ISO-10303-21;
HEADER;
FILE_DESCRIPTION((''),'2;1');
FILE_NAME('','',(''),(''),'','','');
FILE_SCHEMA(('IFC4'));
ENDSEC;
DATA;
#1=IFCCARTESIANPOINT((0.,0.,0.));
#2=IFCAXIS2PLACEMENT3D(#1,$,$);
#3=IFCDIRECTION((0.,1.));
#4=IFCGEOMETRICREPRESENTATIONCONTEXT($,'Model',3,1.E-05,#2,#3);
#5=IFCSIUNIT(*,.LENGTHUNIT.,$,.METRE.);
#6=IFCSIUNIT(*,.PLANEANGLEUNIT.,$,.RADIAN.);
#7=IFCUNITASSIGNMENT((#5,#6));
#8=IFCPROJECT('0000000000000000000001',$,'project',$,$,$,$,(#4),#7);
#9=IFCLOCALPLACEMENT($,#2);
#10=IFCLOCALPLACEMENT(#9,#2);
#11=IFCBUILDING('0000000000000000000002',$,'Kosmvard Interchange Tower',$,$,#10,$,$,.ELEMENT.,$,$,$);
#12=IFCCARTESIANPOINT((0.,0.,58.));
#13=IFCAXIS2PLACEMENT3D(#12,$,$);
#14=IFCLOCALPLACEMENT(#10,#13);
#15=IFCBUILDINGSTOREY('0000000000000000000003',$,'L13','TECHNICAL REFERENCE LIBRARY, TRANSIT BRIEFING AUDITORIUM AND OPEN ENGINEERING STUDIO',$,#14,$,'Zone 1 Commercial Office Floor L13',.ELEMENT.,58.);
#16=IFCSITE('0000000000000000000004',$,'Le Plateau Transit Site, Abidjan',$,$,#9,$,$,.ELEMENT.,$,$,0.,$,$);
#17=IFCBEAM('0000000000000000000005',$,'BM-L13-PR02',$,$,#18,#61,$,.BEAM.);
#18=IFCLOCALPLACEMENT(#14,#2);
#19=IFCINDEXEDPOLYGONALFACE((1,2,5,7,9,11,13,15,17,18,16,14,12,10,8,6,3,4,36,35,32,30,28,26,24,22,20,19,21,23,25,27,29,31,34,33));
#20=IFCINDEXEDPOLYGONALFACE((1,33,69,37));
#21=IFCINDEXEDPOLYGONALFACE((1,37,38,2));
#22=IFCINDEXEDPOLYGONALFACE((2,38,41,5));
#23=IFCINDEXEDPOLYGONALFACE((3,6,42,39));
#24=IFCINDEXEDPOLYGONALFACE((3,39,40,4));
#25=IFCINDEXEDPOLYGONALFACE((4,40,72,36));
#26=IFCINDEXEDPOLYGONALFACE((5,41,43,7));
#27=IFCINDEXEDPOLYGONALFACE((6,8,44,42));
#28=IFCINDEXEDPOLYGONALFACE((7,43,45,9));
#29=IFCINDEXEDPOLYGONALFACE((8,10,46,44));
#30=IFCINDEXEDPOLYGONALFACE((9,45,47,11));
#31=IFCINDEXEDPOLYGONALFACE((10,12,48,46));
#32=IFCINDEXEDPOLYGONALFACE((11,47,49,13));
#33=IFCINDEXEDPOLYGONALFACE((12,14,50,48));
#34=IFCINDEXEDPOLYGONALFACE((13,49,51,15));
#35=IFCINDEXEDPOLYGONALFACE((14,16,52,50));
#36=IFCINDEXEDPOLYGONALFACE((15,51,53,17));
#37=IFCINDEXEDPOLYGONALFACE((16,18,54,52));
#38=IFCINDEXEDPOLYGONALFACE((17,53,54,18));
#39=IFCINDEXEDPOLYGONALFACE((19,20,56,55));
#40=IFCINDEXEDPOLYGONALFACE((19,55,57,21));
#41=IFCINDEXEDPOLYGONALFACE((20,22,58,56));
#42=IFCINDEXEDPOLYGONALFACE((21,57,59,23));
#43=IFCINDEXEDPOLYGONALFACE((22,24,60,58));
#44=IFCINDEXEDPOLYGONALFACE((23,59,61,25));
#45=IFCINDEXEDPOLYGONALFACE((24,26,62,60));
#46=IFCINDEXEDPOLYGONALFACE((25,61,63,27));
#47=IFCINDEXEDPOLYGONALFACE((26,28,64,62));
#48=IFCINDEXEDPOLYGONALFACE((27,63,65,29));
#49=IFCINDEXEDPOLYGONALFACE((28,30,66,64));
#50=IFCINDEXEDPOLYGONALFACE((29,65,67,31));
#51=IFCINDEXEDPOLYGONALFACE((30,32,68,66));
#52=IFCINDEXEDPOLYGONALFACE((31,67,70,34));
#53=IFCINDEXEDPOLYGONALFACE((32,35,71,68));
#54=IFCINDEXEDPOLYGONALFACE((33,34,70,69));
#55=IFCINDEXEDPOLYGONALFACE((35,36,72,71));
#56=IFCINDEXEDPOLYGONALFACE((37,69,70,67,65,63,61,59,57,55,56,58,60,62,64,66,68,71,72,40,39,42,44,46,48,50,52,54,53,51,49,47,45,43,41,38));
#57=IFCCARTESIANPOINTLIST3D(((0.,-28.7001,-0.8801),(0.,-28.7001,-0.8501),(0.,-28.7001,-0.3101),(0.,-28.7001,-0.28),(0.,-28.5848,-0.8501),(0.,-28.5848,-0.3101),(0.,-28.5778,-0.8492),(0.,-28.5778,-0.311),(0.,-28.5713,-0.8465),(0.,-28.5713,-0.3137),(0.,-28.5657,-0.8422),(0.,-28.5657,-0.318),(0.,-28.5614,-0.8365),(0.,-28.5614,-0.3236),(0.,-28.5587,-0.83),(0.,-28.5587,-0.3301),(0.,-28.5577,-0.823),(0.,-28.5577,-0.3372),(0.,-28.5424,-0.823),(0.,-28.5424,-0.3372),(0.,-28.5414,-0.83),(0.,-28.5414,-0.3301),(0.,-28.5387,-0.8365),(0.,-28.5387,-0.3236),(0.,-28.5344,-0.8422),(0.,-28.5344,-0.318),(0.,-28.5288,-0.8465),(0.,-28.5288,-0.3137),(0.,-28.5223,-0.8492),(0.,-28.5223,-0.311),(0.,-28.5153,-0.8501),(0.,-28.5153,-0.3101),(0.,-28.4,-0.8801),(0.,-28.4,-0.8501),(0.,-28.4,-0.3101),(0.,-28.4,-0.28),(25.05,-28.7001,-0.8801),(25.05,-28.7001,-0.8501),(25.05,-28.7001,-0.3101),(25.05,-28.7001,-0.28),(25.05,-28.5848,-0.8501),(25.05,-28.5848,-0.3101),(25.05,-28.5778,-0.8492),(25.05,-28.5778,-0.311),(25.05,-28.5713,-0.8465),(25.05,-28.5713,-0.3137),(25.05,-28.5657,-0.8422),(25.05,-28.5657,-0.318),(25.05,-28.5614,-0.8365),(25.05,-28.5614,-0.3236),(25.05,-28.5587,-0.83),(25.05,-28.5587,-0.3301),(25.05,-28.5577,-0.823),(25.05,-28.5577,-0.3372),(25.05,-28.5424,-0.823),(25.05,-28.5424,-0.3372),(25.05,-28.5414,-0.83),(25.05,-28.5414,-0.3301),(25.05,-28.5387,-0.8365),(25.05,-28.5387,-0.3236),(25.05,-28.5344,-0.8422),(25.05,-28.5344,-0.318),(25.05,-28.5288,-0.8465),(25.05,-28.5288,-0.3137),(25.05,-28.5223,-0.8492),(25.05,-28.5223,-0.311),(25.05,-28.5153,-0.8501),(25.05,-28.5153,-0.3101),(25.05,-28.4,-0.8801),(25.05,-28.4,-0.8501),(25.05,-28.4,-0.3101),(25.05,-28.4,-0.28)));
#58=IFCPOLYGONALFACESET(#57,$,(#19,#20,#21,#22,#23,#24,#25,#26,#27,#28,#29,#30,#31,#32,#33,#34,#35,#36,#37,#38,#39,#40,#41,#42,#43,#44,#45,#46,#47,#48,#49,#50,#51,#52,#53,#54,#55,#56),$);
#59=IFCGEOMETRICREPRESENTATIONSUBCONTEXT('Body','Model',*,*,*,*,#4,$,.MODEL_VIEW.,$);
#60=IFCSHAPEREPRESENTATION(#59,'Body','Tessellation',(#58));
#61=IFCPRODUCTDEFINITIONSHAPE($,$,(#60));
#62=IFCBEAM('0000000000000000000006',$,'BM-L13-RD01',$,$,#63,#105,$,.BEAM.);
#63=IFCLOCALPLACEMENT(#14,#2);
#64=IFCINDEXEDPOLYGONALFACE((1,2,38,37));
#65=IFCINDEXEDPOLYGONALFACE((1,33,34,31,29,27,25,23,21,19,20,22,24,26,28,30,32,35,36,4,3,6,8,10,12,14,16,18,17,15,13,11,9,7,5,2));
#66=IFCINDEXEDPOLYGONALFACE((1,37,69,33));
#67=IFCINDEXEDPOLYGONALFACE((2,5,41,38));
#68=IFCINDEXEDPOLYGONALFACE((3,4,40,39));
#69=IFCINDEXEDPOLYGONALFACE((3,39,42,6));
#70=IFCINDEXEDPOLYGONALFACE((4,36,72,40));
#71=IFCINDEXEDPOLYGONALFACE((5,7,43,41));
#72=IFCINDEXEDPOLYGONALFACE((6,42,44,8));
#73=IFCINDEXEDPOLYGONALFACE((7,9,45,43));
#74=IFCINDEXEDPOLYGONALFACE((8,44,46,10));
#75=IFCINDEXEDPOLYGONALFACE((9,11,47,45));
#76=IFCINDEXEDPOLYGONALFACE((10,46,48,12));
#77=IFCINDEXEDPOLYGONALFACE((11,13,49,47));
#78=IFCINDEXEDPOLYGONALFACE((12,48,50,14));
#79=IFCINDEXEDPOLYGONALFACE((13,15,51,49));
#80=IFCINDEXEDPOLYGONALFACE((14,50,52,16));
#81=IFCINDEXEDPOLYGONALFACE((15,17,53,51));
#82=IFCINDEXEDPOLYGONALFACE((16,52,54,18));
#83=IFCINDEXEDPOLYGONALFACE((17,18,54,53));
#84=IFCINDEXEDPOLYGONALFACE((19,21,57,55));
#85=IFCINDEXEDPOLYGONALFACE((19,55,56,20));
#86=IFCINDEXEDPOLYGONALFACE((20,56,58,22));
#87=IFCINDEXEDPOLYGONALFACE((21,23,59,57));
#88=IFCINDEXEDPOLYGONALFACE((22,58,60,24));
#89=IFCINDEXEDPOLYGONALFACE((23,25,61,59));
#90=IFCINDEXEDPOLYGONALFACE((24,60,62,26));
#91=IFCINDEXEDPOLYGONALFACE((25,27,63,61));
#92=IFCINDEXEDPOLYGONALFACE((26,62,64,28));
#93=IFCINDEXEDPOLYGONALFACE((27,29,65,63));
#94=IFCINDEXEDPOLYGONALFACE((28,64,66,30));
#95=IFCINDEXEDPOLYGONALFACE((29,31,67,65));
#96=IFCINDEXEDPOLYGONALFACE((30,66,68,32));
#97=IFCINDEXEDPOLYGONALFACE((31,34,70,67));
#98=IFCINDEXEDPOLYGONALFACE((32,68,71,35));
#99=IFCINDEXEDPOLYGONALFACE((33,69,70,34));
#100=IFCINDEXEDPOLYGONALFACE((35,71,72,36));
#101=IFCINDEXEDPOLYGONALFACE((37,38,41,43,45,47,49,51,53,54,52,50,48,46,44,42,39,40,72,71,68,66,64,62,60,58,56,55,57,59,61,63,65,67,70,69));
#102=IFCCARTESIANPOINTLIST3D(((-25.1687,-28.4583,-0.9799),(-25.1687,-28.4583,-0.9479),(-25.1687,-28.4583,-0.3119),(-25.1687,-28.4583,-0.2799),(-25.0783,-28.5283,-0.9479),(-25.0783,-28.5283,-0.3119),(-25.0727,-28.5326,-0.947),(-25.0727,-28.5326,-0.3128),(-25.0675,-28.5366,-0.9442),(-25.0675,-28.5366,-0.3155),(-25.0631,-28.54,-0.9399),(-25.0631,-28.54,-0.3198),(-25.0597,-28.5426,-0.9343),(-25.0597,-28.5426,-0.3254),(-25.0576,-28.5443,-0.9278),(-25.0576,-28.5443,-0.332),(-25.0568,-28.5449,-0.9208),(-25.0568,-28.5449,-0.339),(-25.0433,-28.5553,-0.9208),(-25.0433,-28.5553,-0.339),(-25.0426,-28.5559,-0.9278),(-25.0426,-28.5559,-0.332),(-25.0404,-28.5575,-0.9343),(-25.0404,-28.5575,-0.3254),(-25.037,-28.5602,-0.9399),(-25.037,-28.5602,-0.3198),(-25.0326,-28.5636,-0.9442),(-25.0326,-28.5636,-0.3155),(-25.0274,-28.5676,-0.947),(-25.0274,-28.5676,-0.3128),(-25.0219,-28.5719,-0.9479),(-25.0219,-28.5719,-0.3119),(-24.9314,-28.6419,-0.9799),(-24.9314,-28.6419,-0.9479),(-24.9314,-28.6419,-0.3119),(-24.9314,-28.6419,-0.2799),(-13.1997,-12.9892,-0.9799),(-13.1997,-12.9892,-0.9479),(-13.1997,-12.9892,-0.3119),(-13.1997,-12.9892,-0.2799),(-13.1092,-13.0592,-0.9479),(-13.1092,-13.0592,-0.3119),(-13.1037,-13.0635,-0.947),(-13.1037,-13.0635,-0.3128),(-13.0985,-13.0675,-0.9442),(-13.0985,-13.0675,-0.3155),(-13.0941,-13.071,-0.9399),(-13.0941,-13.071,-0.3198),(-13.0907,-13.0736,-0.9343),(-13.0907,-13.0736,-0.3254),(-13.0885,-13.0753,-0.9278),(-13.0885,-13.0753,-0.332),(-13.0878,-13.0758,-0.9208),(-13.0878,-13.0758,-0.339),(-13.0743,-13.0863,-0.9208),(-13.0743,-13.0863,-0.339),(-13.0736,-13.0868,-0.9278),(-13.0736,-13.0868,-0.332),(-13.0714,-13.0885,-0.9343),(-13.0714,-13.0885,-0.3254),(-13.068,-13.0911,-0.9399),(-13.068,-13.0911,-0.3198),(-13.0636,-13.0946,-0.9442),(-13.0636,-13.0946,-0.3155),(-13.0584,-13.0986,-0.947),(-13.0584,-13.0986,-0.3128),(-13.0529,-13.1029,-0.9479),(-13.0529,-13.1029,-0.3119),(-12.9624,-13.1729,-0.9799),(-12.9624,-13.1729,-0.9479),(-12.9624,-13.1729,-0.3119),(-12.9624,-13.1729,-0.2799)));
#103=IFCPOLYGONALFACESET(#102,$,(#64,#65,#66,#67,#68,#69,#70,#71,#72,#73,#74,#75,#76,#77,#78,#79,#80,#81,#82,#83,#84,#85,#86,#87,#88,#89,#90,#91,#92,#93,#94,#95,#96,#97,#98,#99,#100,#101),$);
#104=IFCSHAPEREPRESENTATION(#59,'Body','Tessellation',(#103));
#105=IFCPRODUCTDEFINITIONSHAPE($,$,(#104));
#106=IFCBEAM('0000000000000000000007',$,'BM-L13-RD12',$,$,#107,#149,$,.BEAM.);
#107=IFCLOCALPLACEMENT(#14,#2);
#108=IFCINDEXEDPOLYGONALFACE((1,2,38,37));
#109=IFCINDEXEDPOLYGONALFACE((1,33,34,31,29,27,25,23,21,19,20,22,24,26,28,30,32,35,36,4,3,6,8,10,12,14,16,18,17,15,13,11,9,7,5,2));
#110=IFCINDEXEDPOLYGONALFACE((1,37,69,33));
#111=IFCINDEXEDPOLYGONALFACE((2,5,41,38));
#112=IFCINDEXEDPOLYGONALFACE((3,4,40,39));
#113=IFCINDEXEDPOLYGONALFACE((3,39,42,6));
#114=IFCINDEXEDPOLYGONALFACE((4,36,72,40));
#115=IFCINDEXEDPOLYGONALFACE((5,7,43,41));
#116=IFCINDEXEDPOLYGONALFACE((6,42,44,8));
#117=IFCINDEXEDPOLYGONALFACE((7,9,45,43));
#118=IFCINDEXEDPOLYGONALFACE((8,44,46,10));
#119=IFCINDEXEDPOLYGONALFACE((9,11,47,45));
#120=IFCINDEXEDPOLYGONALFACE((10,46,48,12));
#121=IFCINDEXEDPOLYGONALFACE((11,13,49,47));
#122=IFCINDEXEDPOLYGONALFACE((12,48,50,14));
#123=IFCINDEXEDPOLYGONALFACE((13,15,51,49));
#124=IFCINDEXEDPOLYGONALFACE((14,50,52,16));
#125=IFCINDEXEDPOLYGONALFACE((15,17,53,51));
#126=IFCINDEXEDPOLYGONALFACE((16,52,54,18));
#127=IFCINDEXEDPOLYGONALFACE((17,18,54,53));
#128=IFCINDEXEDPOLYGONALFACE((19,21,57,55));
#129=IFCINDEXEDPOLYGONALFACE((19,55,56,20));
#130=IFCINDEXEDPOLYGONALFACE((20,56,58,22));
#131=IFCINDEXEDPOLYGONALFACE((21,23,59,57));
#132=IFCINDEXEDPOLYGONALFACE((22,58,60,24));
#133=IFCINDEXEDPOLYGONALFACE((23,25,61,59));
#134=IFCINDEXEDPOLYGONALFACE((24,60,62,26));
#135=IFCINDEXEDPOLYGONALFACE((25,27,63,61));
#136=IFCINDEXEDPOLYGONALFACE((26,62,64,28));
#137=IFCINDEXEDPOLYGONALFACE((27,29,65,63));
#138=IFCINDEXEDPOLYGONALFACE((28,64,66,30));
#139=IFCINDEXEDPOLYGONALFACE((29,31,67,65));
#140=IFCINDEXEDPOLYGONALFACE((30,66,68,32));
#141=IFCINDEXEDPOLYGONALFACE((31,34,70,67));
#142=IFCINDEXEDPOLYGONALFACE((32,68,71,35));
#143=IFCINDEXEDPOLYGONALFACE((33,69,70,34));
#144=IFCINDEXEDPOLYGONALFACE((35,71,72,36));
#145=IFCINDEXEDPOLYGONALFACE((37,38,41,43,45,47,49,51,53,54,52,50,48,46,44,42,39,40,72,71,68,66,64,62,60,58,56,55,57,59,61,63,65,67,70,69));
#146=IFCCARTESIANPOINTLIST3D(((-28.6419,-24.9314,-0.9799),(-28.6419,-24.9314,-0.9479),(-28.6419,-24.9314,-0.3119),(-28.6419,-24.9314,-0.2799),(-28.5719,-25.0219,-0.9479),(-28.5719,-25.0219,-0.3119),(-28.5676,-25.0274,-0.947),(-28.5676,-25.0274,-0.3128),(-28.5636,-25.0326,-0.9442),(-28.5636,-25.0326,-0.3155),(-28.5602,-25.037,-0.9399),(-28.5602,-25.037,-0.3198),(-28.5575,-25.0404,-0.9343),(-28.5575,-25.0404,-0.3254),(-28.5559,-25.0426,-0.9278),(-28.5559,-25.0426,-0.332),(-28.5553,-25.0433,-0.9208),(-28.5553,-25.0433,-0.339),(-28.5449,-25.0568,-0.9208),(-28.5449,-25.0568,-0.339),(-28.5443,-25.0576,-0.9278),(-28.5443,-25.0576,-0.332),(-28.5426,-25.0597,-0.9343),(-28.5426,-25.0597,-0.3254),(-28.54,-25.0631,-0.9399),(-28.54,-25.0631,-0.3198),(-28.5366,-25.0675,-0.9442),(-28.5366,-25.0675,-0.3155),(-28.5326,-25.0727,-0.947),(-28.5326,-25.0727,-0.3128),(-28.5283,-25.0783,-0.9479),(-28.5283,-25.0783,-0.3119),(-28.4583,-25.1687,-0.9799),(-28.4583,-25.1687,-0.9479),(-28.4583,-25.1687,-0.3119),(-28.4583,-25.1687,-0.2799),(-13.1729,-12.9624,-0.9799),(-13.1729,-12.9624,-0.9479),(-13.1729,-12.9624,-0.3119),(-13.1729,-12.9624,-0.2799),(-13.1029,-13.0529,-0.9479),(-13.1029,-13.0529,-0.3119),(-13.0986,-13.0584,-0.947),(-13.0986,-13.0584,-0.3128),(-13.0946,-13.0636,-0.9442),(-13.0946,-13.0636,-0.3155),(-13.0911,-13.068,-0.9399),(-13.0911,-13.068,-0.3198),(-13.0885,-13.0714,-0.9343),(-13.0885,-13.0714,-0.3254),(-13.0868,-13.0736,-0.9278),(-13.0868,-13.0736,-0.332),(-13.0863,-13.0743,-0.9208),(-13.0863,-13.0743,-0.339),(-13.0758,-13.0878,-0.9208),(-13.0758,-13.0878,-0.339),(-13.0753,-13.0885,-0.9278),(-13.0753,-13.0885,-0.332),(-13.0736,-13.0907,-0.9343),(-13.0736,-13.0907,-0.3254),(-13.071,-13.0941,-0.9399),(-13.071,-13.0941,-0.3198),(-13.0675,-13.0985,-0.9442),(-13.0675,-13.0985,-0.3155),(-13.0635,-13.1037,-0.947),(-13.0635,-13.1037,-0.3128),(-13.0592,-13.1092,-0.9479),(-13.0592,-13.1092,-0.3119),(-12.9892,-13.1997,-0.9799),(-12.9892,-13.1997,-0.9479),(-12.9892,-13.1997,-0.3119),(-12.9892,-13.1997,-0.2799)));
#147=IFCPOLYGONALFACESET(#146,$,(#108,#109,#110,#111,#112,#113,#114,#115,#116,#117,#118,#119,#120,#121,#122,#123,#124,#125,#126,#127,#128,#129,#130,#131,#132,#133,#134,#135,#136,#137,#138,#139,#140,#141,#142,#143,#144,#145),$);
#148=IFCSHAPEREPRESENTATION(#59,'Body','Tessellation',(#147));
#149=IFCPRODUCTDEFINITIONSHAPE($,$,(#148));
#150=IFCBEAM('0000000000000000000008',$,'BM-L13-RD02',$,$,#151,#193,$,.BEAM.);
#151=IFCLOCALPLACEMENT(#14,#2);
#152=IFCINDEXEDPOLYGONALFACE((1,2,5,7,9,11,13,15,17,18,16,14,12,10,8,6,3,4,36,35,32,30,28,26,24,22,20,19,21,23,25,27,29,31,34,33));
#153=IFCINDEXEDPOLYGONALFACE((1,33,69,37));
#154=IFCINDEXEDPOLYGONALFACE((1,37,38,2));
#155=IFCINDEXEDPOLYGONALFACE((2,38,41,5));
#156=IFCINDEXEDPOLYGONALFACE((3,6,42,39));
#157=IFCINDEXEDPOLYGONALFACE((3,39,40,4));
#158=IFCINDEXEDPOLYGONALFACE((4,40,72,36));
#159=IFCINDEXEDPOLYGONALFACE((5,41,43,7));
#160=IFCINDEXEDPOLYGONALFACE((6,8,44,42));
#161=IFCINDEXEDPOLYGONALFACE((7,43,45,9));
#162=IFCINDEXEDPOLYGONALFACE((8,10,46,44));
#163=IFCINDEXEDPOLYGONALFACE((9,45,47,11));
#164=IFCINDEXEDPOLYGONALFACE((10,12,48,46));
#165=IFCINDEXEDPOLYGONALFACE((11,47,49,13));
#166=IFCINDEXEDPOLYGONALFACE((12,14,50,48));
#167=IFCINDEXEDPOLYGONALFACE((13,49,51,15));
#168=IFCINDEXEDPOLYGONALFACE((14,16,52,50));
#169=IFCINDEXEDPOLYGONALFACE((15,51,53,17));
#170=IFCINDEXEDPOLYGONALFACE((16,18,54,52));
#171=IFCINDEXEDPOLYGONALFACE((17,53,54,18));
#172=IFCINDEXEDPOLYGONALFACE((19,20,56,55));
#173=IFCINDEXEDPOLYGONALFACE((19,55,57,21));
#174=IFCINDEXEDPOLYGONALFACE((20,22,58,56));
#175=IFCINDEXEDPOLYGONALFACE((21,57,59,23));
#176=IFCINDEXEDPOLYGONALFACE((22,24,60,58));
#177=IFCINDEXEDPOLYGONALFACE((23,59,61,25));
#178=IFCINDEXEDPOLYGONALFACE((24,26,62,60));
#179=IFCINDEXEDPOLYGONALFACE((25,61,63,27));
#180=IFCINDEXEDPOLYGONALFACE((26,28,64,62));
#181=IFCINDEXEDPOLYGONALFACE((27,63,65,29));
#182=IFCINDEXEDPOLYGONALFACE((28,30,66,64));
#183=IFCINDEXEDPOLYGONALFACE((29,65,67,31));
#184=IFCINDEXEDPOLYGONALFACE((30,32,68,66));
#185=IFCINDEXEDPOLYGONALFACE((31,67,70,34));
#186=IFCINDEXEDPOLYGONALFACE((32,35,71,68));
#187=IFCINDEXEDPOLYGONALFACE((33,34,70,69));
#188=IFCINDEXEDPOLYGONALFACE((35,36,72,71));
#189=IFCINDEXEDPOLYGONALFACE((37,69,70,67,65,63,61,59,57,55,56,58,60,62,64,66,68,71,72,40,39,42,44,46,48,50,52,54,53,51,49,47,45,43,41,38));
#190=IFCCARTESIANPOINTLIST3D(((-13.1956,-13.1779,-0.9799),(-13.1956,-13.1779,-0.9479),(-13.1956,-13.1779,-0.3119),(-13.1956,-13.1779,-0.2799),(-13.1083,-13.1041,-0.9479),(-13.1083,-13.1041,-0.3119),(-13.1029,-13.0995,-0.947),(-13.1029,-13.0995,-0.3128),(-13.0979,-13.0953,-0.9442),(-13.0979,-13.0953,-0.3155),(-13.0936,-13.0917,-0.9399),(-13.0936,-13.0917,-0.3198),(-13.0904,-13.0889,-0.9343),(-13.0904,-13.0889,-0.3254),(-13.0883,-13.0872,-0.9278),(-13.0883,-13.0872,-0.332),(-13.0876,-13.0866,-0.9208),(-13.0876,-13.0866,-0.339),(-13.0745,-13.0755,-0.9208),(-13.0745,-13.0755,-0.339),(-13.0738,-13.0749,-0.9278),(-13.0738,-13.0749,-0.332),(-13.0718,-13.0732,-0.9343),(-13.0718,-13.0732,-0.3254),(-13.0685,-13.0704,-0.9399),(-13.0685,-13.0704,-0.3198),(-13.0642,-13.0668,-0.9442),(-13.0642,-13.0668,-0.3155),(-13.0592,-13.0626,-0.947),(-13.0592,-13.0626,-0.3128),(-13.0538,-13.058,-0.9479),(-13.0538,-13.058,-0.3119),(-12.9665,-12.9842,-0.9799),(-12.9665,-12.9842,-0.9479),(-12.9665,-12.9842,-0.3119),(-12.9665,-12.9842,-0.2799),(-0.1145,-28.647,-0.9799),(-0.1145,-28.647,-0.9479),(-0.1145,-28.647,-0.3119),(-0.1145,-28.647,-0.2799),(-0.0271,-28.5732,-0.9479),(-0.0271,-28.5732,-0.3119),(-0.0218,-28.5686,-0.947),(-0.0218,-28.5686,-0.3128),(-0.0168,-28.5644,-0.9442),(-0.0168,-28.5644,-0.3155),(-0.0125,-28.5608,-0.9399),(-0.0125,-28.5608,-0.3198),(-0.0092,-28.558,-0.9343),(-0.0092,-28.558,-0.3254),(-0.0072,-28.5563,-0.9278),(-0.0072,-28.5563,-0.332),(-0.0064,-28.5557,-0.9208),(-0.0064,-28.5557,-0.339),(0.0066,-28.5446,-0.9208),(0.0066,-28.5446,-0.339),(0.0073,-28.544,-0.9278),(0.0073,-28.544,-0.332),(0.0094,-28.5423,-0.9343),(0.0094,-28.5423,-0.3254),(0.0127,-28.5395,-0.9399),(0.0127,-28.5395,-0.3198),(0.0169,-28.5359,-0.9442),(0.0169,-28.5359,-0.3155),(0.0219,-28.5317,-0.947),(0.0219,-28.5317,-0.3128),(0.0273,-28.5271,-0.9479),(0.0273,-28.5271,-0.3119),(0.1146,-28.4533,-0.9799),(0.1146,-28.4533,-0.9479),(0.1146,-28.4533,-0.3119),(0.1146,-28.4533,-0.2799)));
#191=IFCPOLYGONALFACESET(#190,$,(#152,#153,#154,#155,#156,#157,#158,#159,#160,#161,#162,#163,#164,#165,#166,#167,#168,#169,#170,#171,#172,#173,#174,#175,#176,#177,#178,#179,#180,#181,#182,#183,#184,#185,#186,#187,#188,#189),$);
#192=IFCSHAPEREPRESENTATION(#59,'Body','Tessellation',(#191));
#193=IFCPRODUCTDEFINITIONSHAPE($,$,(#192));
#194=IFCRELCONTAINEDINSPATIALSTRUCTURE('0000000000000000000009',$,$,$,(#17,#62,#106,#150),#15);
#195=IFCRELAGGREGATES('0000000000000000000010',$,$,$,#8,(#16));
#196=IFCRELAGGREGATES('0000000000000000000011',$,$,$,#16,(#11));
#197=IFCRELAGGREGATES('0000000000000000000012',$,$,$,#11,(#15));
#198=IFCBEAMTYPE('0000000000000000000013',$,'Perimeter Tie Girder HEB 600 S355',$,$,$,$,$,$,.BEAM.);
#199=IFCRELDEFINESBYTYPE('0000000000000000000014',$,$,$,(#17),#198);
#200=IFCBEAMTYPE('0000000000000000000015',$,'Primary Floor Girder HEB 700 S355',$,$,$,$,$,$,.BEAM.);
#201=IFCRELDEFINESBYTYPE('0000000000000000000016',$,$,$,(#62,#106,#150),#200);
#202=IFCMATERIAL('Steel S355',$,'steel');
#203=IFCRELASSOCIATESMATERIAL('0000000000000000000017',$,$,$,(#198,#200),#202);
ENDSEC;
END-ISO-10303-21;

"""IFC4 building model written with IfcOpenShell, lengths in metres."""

from ifc_helpers import new_model, si_unit, direction, frame, origin, origin_2d, place, context, subcontext, project, spatial, i_section, extrude, source, transform, mapped, material, material_profile, profile_set, type_object, element, save


model = new_model("IFC4")

# Units and contexts
model_context = context("Model", 3, precision=1e-05, world=origin(), true_north=direction((0.0, 1.0)))
body_context = subcontext(model_context, "Body", "Model", "MODEL_VIEW")
ifc_project = project(units=[si_unit("LENGTHUNIT", "METRE"), si_unit("PLANEANGLEUNIT", "RADIAN")], contexts=[model_context])

# Site, building, storey
site_placement = place(None, origin())
site = spatial("IfcSite", under=ifc_project, at=site_placement, Name="Le Plateau Transit Site, Abidjan", CompositionType="ELEMENT", RefElevation=0.0)
building_placement = place(site_placement, origin())
building = spatial("IfcBuilding", under=site, at=building_placement, Name="Kosmvard Interchange Tower", CompositionType="ELEMENT")
storey_placement = place(building_placement, frame((0.0, 0.0, 58.0)))
storey = spatial("IfcBuildingStorey", under=building, at=storey_placement, Name="L13", Description="TECHNICAL REFERENCE LIBRARY, TRANSIT BRIEFING AUDITORIUM AND OPEN ENGINEERING STUDIO", LongName="Zone 1 Commercial Office Floor L13", CompositionType="ELEMENT", Elevation=58.0)

# Beams
ifc_material_1 = material(Name="Steel S355", Category="steel")
ifc_material_profile_1 = material_profile(ifc_material_1, i_section(OverallWidth=0.3, OverallDepth=0.6001, WebThickness=0.0154, FlangeThickness=0.03, FilletRadius=0.0271, at=origin_2d()), Name="HEB 600")
ifc_profile_set_1 = profile_set([ifc_material_profile_1], Name="Steel S355")
beam_type_1 = type_object("IfcBeamType", Name="Perimeter Tie Girder HEB 600 S355", PredefinedType="BEAM", material=ifc_profile_set_1)
shared_shape_1 = source(origin(), body_context, "Body", "SweptSolid", [
    extrude(i_section(OverallWidth=0.3, OverallDepth=0.6001, WebThickness=0.0154, FlangeThickness=0.03, FilletRadius=0.0271, at=origin_2d()), origin(), (0.0, 0.0, 1.0), 25.05),
])
beam_1_placement = place(storey_placement, frame((0.0, -28.55, -0.5801), z_axis=(1.0, 0.0, 0.0), x_axis=(0.0, 1.0, 0.0)))
element("IfcBeam", 1, at=beam_1_placement, inside=storey, type_object=beam_type_1, Name="BM-L13-PR02", PredefinedType="BEAM", context=body_context, shape_type="MappedRepresentation", body=[
    mapped(shared_shape_1, transform((0.0, 0.0, 0.0), scale=1.0)),
])
ifc_material_profile_2 = material_profile(ifc_material_1, i_section(OverallWidth=0.3, OverallDepth=0.7, WebThickness=0.0171, FlangeThickness=0.032, FilletRadius=0.0271, at=origin_2d()), Name="HEB 700")
ifc_profile_set_2 = profile_set([ifc_material_profile_2], Name="Steel S355")
beam_type_2 = type_object("IfcBeamType", Name="Primary Floor Girder HEB 700 S355", PredefinedType="BEAM", material=ifc_profile_set_2)
shared_shape_2 = source(origin(), body_context, "Body", "SweptSolid", [
    extrude(i_section(OverallWidth=0.3, OverallDepth=0.7, WebThickness=0.0171, FlangeThickness=0.032, FilletRadius=0.0271, at=origin_2d()), origin(), (0.0, 0.0, 1.0), 19.5588),
])
for number, where, z_axis, x_axis, name in (
    (2, (-13.0811, -13.0811, -0.6299), (-0.611949, -0.790897, 0.0), (0.790897, -0.611949, 0.0), "BM-L13-RD01"),
    (3, (-13.0811, -13.0811, -0.6299), (-0.790897, -0.611949, 0.0), (0.611949, -0.790897, 0.0), "BM-L13-RD12"),
):
    element("IfcBeam", number, at=place(storey_placement, frame(where, z_axis=z_axis, x_axis=x_axis)), inside=storey, type_object=beam_type_2, Name=name, PredefinedType="BEAM", context=body_context, shape_type="MappedRepresentation", body=[
        mapped(shared_shape_2, transform((0.0, 0.0, 0.0), scale=1.0)),
    ])
shared_shape_3 = source(origin(), body_context, "Body", "SweptSolid", [
    extrude(i_section(OverallWidth=0.3, OverallDepth=0.7, WebThickness=0.0171, FlangeThickness=0.032, FilletRadius=0.0271, at=origin_2d()), origin(), (0.0, 0.0, 1.0), 20.2585),
])
for number, where, z_axis, x_axis, name in (
    (4, (-13.0811, -13.0811, -0.6299), (0.645709, -0.763583, 0.0), (0.763583, 0.645709, 0.0), "BM-L13-RD02"),
):
    element("IfcBeam", number, at=place(storey_placement, frame(where, z_axis=z_axis, x_axis=x_axis)), inside=storey, type_object=beam_type_2, Name=name, PredefinedType="BEAM", context=body_context, shape_type="MappedRepresentation", body=[
        mapped(shared_shape_3, transform((0.0, 0.0, 0.0), scale=1.0)),
    ])

save(model, "model.ifc")
